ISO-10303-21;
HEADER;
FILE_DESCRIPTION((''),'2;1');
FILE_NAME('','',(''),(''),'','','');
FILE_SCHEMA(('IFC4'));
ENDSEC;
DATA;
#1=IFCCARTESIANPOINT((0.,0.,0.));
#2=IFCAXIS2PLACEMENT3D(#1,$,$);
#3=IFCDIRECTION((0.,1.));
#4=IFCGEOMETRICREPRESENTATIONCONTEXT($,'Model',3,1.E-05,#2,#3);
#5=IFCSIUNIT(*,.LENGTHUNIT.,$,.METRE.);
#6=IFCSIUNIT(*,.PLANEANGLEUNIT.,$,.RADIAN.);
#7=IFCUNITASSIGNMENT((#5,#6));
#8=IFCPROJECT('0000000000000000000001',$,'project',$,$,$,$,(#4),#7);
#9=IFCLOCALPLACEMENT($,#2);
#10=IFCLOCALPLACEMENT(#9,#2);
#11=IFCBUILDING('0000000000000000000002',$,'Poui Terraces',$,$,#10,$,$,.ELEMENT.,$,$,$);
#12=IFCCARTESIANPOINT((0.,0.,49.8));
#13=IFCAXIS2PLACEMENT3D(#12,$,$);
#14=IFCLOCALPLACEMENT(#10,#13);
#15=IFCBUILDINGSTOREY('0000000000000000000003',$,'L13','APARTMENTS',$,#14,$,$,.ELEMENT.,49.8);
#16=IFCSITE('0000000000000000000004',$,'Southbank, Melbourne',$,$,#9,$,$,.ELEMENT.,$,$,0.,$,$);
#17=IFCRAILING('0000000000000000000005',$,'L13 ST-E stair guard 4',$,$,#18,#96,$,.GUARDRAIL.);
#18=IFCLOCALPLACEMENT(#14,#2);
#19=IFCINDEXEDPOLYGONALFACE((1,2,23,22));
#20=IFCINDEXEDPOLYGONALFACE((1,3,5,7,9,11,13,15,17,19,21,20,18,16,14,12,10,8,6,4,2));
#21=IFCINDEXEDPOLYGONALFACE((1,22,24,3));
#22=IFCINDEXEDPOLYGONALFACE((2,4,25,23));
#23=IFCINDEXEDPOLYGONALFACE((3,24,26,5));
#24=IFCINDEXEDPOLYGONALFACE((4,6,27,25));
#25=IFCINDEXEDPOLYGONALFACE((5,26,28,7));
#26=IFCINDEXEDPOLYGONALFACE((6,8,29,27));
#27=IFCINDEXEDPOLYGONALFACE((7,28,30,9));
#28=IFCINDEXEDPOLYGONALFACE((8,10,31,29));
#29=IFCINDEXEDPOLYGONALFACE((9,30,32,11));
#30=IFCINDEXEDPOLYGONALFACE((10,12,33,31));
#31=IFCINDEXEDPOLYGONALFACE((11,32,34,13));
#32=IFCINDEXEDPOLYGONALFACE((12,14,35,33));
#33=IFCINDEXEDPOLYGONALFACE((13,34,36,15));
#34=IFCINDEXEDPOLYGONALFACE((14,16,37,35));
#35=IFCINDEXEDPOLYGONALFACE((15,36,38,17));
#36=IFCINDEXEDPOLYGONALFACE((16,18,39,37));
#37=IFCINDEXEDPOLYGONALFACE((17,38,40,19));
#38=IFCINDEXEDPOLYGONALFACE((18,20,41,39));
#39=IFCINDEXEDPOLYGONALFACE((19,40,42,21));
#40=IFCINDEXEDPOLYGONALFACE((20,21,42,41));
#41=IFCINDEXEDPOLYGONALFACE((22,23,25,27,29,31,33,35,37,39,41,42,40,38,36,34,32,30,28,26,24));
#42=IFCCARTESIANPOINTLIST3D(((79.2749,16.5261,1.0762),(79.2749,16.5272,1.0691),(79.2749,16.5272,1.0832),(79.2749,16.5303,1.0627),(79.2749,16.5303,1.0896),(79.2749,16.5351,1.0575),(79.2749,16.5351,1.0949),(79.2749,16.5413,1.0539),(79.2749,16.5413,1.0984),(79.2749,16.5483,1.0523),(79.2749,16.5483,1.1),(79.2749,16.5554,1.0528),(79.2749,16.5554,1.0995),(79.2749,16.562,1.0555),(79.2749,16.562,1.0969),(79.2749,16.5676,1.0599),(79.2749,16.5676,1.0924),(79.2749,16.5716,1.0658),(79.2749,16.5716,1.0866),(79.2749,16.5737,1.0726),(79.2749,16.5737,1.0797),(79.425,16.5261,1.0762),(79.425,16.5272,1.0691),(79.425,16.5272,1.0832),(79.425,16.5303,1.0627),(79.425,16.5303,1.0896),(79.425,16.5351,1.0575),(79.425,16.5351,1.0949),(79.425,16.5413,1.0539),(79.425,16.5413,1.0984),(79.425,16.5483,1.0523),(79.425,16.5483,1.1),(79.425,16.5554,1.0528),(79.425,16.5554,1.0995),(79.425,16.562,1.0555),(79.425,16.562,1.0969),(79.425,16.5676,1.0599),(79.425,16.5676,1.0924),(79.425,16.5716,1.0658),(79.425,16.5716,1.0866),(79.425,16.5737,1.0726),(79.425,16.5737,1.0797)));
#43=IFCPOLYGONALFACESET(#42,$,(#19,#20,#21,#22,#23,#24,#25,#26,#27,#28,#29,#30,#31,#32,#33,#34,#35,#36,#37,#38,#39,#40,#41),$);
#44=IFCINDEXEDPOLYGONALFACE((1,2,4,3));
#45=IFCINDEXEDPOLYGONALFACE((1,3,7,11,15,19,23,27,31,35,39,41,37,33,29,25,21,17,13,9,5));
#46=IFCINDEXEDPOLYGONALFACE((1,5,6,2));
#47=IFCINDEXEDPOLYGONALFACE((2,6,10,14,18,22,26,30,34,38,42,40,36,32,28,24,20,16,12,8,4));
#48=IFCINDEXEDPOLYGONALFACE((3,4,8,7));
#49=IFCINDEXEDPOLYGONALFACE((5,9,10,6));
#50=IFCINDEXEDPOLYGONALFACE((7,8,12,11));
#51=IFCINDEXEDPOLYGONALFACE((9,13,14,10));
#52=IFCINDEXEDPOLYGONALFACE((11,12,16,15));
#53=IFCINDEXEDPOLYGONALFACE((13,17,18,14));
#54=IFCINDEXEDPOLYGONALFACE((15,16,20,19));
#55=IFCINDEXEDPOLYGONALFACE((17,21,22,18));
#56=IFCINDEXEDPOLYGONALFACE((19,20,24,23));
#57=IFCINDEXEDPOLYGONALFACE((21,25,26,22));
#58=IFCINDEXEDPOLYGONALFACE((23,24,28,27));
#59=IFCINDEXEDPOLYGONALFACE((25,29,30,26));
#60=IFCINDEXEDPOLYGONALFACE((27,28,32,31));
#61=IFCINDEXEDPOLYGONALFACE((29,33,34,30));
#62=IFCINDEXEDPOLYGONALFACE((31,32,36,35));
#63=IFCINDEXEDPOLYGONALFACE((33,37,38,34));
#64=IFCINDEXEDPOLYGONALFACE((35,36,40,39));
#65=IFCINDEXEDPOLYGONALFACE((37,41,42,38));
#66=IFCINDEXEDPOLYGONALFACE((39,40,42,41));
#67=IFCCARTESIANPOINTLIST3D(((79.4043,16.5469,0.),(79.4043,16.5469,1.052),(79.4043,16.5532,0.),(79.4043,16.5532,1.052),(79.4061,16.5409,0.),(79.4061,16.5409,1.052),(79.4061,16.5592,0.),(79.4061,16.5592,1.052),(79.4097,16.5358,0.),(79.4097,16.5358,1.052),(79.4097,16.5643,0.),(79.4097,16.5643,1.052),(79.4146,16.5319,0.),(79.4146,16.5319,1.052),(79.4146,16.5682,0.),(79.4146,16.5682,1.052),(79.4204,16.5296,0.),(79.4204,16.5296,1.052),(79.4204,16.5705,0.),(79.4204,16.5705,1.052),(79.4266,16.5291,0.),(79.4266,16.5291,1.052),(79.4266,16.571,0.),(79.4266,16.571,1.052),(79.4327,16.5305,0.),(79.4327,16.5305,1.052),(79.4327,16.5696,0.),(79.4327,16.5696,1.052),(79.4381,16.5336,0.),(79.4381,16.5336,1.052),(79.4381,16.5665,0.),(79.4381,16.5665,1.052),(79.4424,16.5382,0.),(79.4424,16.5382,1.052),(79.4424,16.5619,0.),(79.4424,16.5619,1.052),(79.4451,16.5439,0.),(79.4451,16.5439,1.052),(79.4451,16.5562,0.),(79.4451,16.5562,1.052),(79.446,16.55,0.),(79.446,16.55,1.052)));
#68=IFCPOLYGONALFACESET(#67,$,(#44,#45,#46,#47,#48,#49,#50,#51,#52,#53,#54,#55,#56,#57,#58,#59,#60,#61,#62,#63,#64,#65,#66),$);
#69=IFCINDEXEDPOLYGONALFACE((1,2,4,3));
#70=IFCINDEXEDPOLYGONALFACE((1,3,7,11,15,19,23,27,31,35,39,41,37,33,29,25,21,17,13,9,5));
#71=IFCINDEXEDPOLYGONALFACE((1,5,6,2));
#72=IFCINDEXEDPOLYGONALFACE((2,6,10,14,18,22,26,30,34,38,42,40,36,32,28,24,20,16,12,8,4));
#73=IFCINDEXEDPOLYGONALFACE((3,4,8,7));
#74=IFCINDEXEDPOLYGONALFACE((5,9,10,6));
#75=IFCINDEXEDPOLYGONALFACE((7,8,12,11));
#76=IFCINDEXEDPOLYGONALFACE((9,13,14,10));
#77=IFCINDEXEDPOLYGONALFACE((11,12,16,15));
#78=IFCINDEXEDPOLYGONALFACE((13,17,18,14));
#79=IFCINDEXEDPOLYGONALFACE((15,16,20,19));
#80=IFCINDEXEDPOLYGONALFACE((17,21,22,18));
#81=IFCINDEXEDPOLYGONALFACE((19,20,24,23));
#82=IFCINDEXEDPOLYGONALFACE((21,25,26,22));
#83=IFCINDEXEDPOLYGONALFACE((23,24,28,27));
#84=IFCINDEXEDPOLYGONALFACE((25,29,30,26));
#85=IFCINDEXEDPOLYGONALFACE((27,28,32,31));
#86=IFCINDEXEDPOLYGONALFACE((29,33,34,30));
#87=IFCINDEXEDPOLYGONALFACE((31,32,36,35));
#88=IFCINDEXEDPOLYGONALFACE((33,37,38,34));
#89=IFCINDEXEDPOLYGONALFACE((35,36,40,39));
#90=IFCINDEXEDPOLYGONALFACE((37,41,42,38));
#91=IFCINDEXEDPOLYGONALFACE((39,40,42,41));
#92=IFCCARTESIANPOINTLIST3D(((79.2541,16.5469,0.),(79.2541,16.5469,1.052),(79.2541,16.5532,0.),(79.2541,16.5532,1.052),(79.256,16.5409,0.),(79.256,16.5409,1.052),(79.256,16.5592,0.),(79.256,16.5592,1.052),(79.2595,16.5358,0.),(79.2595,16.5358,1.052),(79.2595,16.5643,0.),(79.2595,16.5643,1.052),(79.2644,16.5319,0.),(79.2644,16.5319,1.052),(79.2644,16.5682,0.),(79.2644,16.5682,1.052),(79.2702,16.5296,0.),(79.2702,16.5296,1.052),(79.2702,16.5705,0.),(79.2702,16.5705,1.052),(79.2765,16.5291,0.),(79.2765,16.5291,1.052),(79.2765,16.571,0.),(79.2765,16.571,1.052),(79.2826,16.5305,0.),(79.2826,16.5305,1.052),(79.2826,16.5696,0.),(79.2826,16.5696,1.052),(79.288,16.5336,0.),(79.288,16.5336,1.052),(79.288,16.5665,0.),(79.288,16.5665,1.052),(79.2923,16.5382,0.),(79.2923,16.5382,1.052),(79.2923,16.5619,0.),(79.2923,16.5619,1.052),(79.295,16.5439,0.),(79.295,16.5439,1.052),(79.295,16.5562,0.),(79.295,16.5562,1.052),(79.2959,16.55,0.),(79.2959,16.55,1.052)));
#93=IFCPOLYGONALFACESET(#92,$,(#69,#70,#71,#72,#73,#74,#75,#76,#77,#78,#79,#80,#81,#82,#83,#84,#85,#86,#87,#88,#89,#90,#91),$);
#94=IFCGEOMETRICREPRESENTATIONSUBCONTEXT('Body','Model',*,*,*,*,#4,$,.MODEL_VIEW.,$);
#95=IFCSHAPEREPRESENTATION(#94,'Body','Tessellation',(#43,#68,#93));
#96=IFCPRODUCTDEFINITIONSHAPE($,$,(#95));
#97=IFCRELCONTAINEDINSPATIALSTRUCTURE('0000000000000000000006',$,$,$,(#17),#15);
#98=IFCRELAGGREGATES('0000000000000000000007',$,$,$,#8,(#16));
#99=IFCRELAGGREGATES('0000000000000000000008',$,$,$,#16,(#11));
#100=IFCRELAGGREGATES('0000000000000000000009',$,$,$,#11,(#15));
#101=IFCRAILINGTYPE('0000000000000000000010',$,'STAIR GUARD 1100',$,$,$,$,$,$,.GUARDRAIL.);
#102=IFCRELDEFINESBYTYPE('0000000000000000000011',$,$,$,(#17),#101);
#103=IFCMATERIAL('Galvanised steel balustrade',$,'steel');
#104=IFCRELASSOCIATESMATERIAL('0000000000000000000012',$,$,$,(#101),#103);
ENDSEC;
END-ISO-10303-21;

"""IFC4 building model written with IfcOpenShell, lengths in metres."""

from ifc_helpers import new_model, si_unit, direction, frame, origin, origin_2d, place, context, subcontext, project, spatial, circle, extrude, material, type_object, element, save


model = new_model("IFC4")

# Units and contexts
model_context = context("Model", 3, precision=1e-05, world=origin(), true_north=direction((0.0, 1.0)))
body_context = subcontext(model_context, "Body", "Model", "MODEL_VIEW")
ifc_project = project(units=[si_unit("LENGTHUNIT", "METRE"), si_unit("PLANEANGLEUNIT", "RADIAN")], contexts=[model_context])

# Site, building, storey
site_placement = place(None, origin())
site = spatial("IfcSite", under=ifc_project, at=site_placement, Name="Southbank, Melbourne", CompositionType="ELEMENT", RefElevation=0.0)
building_placement = place(site_placement, origin())
building = spatial("IfcBuilding", under=site, at=building_placement, Name="Poui Terraces", CompositionType="ELEMENT")
storey_placement = place(building_placement, frame((0.0, 0.0, 49.8)))
storey = spatial("IfcBuildingStorey", under=building, at=storey_placement, Name="L13", Description="APARTMENTS", CompositionType="ELEMENT", Elevation=49.8)

# Railing
ifc_material_1 = material(Name="Galvanised steel balustrade", Category="steel")
railing_type = type_object("IfcRailingType", Name="STAIR GUARD 1100", PredefinedType="GUARDRAIL", material=ifc_material_1)
railing_1_placement = place(storey_placement, frame((79.425, 16.55, 0.0)))
element("IfcRailing", 1, at=railing_1_placement, inside=storey, type_object=railing_type, Name="L13 ST-E stair guard 4", PredefinedType="GUARDRAIL", context=body_context, shape_type="SweptSolid", body=[
    extrude(circle(Radius=0.0239, at=origin_2d()), frame((0.0, 0.0, 1.0762), z_axis=(-1.0, 0.0, 0.0), x_axis=(0.0, -1.0, 0.0)), (0.0, 0.0, 1.0), 0.1501),
    extrude(circle(Radius=0.021, at=origin_2d()), origin(), (0.0, 0.0, 1.0), 1.052),
    extrude(circle(Radius=0.021, at=origin_2d()), frame((-0.1501, 0.0, 0.0)), (0.0, 0.0, 1.0), 1.052),
])

save(model, "model.ifc")
